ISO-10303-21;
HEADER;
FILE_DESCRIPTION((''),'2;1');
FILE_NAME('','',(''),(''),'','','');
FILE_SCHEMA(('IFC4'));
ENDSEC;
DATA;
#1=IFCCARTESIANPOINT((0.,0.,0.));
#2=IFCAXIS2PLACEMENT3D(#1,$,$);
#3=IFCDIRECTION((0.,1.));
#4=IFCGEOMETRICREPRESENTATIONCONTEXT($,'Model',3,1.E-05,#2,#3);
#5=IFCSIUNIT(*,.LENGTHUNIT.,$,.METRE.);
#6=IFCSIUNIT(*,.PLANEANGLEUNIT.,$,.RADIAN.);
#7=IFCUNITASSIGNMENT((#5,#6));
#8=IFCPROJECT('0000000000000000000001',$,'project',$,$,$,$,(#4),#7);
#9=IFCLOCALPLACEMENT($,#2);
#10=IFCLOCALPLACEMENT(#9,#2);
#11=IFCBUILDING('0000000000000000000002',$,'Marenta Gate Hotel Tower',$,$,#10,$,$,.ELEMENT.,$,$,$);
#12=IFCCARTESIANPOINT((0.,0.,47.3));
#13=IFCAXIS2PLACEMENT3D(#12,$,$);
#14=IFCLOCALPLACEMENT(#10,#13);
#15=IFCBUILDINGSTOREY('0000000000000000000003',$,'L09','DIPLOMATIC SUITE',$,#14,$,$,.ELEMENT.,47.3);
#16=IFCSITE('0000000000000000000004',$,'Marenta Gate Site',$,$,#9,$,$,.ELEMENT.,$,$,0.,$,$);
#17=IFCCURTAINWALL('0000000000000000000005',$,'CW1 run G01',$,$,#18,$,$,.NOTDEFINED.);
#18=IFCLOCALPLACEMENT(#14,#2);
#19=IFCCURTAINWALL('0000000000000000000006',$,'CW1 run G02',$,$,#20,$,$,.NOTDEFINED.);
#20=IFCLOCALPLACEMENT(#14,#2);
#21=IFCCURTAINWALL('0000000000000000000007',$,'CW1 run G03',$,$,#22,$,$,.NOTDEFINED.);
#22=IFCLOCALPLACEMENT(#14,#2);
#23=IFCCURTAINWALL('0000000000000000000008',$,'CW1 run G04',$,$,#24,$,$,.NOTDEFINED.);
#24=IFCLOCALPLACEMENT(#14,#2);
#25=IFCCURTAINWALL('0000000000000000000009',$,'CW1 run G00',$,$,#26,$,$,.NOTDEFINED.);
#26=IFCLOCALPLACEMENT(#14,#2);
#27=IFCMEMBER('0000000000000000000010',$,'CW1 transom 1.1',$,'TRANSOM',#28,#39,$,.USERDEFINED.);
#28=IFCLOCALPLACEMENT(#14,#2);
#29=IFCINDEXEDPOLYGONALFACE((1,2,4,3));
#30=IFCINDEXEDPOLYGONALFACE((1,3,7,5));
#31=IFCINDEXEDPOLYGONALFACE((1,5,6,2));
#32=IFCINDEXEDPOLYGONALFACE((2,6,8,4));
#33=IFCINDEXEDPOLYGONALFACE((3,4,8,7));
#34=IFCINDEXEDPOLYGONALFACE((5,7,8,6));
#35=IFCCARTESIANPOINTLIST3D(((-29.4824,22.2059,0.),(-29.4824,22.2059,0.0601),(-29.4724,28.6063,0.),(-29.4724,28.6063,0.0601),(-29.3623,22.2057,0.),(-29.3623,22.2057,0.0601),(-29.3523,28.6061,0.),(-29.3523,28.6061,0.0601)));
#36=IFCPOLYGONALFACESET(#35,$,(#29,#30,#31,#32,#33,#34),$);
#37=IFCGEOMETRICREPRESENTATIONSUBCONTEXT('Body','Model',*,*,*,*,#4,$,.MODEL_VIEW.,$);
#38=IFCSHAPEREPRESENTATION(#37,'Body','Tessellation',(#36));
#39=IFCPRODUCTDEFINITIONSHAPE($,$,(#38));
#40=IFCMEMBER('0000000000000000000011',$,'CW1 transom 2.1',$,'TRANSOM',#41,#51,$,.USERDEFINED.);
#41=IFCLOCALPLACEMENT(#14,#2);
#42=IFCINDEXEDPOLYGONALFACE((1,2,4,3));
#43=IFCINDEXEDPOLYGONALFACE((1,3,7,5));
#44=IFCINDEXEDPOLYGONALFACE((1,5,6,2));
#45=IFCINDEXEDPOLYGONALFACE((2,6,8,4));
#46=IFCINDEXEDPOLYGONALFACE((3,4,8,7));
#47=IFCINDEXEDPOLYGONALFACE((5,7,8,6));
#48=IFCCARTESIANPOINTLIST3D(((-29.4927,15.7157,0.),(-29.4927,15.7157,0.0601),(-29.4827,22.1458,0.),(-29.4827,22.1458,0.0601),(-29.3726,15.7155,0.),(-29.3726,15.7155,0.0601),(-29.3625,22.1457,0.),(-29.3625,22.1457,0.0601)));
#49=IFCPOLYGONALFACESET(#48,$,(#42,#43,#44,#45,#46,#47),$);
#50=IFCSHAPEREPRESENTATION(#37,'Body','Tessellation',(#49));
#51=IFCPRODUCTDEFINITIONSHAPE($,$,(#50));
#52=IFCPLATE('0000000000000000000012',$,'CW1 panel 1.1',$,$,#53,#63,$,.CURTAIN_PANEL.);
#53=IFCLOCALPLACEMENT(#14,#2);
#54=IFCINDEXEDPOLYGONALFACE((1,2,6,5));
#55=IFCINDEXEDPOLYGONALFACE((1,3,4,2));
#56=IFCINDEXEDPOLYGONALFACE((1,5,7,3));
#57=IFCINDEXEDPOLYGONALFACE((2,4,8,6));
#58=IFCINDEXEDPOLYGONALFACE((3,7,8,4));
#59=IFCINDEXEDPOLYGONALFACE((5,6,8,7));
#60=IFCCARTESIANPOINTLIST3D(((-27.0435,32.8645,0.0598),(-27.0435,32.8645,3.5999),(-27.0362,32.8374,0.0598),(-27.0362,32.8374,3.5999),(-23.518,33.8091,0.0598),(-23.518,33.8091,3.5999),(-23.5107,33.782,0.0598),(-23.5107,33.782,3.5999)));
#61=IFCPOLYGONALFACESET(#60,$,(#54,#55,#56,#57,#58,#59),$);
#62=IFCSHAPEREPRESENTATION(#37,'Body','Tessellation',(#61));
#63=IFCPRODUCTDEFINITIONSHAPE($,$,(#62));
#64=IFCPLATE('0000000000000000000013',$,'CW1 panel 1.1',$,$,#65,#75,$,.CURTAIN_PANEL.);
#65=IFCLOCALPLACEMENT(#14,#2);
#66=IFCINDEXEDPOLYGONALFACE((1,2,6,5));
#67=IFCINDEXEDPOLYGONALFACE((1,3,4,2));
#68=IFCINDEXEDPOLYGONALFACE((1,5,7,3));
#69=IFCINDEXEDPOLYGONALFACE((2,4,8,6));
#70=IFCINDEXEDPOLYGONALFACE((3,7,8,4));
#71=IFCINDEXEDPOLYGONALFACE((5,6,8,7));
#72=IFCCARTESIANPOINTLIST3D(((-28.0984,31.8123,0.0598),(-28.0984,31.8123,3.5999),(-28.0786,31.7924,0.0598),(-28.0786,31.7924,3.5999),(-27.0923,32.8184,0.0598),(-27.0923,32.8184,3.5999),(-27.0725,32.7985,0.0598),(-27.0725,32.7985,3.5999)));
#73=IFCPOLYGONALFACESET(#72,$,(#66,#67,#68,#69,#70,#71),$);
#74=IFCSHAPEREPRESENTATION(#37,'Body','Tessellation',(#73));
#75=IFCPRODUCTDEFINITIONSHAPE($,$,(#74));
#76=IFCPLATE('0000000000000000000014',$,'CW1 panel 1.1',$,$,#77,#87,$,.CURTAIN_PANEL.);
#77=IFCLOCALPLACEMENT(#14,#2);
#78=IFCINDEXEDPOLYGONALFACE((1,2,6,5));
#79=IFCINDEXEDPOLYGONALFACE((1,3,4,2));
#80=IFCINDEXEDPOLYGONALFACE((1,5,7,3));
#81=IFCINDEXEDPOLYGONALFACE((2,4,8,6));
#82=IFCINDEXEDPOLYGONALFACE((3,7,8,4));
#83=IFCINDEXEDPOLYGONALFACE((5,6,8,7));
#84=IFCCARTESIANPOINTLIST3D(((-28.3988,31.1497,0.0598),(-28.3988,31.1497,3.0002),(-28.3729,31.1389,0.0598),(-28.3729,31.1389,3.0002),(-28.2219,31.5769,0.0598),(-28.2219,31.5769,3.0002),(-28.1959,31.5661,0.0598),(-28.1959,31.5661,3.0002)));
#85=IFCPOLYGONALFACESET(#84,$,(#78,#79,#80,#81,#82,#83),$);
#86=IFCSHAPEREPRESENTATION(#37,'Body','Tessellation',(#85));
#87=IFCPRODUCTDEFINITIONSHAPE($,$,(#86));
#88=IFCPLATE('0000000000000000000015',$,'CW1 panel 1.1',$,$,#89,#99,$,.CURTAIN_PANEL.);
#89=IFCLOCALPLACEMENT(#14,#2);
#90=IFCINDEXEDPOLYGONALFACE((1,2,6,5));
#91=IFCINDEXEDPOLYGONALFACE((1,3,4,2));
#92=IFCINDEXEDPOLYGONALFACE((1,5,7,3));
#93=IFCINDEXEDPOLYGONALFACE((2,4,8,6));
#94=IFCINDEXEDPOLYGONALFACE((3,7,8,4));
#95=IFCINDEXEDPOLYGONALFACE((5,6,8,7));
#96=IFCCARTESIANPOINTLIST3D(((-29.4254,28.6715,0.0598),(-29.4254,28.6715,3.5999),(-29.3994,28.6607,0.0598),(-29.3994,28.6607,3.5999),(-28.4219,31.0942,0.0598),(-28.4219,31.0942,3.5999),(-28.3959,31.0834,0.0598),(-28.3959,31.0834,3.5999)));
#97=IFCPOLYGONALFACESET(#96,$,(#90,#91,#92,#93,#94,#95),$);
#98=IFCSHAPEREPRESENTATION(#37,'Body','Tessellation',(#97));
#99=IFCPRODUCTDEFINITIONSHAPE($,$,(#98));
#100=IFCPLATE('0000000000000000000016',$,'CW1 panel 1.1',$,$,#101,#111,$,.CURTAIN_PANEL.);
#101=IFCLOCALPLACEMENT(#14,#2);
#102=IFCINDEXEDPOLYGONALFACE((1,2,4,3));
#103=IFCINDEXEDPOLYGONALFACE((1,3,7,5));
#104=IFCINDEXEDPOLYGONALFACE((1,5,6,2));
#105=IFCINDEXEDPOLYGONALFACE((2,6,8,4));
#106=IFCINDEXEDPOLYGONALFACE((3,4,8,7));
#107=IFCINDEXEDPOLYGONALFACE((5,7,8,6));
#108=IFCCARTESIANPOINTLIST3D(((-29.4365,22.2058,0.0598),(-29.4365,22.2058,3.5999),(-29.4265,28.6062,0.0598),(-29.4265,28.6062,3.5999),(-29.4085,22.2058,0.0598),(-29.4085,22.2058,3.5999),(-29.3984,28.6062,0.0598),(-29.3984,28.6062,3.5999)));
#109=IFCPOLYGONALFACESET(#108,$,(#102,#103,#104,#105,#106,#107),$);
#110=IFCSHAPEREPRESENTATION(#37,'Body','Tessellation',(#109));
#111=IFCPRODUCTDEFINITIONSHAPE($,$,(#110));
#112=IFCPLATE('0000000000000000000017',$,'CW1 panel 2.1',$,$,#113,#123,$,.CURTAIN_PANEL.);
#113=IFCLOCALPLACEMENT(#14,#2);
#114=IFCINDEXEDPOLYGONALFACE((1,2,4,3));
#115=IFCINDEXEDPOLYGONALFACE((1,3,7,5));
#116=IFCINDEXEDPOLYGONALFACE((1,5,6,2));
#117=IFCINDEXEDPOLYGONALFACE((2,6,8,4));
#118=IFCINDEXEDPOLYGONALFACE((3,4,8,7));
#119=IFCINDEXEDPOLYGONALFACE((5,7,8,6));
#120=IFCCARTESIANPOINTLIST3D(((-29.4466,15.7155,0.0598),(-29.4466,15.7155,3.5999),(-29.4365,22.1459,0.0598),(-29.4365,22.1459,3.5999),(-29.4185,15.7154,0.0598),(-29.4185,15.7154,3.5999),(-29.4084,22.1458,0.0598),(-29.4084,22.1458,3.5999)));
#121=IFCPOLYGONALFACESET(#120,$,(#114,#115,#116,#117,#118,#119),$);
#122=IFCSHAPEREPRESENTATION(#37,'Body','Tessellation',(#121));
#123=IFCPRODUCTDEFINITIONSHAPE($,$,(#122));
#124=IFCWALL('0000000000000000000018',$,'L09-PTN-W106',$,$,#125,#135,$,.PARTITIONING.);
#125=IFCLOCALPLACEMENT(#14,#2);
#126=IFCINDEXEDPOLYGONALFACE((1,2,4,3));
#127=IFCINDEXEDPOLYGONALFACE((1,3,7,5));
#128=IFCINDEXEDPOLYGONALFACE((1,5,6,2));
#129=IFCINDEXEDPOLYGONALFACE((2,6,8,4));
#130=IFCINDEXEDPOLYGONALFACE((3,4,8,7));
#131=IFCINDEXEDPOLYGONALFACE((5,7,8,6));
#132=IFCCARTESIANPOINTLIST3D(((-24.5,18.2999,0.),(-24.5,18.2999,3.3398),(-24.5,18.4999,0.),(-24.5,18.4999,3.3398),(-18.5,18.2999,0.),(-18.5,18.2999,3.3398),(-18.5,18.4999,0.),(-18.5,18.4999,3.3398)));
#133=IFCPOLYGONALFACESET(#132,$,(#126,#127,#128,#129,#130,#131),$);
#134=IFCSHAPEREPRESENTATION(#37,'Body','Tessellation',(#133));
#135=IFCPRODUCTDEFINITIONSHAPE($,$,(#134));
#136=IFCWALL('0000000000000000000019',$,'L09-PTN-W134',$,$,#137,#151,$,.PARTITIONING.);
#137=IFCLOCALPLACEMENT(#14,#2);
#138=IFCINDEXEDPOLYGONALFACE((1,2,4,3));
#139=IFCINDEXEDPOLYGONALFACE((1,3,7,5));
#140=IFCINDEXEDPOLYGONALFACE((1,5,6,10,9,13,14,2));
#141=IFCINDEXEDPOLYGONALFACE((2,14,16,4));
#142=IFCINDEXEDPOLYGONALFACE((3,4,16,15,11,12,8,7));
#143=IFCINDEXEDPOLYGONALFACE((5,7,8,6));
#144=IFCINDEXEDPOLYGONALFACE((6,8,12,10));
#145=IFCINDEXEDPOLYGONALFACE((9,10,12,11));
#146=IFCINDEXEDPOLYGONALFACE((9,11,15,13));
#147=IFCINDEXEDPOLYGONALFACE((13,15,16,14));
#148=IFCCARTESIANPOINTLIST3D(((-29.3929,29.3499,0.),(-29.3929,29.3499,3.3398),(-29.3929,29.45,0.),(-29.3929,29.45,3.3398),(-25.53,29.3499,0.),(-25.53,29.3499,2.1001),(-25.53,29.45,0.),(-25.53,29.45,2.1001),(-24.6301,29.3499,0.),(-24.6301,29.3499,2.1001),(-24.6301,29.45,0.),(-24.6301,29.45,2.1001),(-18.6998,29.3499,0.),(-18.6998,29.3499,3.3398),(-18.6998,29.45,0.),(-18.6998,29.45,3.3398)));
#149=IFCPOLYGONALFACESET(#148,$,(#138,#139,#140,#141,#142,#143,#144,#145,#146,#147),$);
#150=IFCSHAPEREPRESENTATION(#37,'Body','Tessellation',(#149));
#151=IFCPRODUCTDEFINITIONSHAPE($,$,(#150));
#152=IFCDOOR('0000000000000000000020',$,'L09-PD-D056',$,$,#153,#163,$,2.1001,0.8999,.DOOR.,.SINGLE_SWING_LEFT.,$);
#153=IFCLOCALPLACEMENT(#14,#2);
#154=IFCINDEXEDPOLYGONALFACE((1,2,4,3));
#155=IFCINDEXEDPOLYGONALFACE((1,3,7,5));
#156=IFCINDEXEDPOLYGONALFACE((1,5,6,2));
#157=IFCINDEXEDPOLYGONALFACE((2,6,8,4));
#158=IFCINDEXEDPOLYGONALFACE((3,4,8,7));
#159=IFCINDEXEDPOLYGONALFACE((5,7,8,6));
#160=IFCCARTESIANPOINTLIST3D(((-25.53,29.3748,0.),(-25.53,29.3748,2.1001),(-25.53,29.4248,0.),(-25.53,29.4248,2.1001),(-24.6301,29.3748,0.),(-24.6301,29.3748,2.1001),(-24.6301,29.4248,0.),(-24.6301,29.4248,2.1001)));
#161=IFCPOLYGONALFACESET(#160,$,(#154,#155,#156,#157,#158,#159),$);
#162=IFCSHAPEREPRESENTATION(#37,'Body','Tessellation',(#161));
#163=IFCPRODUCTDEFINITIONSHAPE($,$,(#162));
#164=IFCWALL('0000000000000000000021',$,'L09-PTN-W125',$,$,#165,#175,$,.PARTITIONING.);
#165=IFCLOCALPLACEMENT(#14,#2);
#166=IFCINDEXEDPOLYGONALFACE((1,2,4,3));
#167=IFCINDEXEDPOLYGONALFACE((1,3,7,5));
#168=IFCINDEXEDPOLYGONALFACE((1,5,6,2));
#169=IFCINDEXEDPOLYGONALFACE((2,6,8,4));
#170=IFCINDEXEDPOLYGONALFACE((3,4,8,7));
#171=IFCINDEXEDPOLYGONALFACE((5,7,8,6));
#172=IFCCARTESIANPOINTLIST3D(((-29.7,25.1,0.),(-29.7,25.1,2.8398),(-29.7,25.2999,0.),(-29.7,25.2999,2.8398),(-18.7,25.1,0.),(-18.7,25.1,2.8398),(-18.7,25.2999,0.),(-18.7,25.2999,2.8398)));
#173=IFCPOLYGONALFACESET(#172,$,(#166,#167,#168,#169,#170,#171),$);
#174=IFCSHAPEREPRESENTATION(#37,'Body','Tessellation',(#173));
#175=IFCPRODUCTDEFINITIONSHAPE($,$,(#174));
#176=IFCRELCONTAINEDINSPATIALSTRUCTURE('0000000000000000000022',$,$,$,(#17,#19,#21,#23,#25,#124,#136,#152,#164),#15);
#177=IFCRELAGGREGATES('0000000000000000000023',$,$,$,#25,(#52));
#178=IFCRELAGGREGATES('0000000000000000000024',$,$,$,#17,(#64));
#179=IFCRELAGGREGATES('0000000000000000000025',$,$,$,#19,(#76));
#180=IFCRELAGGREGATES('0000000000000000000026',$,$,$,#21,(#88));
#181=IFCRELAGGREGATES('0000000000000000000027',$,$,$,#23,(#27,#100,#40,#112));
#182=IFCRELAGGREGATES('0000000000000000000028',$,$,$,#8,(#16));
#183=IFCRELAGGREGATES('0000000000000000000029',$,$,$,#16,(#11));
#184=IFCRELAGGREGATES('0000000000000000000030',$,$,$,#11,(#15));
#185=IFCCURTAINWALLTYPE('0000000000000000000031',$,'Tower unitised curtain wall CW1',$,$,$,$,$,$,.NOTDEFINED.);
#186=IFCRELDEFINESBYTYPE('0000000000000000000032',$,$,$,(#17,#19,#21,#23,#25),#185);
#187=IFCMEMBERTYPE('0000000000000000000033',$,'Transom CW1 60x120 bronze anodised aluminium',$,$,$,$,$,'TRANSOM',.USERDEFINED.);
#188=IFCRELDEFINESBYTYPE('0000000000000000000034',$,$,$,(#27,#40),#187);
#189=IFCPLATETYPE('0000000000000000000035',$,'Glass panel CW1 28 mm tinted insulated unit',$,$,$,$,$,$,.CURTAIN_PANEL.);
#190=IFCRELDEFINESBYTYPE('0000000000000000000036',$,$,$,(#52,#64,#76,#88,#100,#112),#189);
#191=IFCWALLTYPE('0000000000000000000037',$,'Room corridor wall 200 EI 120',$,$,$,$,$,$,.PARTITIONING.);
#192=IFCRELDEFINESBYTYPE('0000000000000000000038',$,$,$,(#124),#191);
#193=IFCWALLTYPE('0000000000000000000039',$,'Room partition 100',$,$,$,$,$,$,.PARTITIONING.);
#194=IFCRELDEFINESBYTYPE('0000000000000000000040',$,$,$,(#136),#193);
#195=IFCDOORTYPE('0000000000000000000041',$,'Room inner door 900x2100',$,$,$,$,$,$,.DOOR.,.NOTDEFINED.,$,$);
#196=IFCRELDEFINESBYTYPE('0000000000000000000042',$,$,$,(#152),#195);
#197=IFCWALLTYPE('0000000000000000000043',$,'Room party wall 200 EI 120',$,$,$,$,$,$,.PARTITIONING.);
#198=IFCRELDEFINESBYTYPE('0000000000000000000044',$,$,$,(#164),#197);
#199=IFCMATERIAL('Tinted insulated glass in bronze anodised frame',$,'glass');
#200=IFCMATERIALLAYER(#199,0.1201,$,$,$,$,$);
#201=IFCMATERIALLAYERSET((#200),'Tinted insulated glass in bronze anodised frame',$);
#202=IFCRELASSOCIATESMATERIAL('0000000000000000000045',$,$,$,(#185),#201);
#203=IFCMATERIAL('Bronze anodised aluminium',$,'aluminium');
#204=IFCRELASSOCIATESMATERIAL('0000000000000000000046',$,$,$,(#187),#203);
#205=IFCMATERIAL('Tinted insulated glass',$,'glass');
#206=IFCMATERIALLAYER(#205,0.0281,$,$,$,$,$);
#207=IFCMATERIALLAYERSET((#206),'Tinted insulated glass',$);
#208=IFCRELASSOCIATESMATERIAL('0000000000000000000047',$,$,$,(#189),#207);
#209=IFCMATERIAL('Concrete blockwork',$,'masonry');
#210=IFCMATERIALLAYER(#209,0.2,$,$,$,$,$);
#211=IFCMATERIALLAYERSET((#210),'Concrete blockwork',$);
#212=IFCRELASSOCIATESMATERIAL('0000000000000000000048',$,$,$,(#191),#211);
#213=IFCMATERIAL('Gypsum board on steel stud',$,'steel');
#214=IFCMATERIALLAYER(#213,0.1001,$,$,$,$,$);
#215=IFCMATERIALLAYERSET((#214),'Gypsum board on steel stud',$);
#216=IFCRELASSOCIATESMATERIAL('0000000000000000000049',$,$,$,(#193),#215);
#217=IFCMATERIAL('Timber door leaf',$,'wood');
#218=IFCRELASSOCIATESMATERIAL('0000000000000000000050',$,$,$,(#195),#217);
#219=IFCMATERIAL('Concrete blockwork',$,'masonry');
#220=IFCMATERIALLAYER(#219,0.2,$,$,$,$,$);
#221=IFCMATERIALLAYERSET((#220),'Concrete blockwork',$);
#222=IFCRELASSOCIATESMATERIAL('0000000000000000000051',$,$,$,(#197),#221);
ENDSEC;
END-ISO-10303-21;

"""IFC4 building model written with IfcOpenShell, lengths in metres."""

from ifc_helpers import new_model, si_unit, direction, frame, frame_2d, origin, origin_2d, place, context, subcontext, project, spatial, rectangle, extrude, material, layer, layer_set, material_profile, profile_set, type_object, element, fill, aggregate, save


model = new_model("IFC4")

# Units and contexts
model_context = context("Model", 3, precision=1e-05, world=origin(), true_north=direction((0.0, 1.0)))
body_context = subcontext(model_context, "Body", "Model", "MODEL_VIEW")
ifc_project = project(units=[si_unit("LENGTHUNIT", "METRE"), si_unit("PLANEANGLEUNIT", "RADIAN")], contexts=[model_context])

# Site, building, storey
site_placement = place(None, origin())
site = spatial("IfcSite", under=ifc_project, at=site_placement, Name="Marenta Gate Site", CompositionType="ELEMENT", RefElevation=0.0)
building_placement = place(site_placement, origin())
building = spatial("IfcBuilding", under=site, at=building_placement, Name="Marenta Gate Hotel Tower", CompositionType="ELEMENT")
storey_placement = place(building_placement, frame((0.0, 0.0, 47.3)))
storey = spatial("IfcBuildingStorey", under=building, at=storey_placement, Name="L09", Description="DIPLOMATIC SUITE", CompositionType="ELEMENT", Elevation=47.3)

# Curtain wall
ifc_material_1 = material(Name="Tinted insulated glass in bronze anodised frame", Category="glass")
ifc_layer_1 = layer(ifc_material_1, 0.1201)
ifc_layer_set_1 = layer_set([ifc_layer_1], Name="Tinted insulated glass in bronze anodised frame")
curtain_wall_type = type_object("IfcCurtainWallType", Name="Tower unitised curtain wall CW1", PredefinedType="NOTDEFINED", material=ifc_layer_set_1)
curtain_wall_1_placement = place(storey_placement, origin())
curtain_wall_1 = element("IfcCurtainWall", 1, at=curtain_wall_1_placement, inside=storey, type_object=curtain_wall_type, Name="CW1 run G01", PredefinedType="NOTDEFINED")

# Curtain walls
curtain_wall_2_placement = place(storey_placement, origin())
curtain_wall_2 = element("IfcCurtainWall", 2, at=curtain_wall_2_placement, inside=storey, type_object=curtain_wall_type, Name="CW1 run G02", PredefinedType="NOTDEFINED")
curtain_wall_3_placement = place(storey_placement, origin())
curtain_wall_3 = element("IfcCurtainWall", 3, at=curtain_wall_3_placement, inside=storey, type_object=curtain_wall_type, Name="CW1 run G03", PredefinedType="NOTDEFINED")

# Curtain wall
curtain_wall_4_placement = place(storey_placement, origin())
curtain_wall_4 = element("IfcCurtainWall", 4, at=curtain_wall_4_placement, inside=storey, type_object=curtain_wall_type, Name="CW1 run G04", PredefinedType="NOTDEFINED")

# Curtain wall
curtain_wall_5_placement = place(storey_placement, origin())
curtain_wall_5 = element("IfcCurtainWall", 5, at=curtain_wall_5_placement, inside=storey, type_object=curtain_wall_type, Name="CW1 run G00", PredefinedType="NOTDEFINED")
ifc_material_2 = material(Name="Bronze anodised aluminium", Category="aluminium")
ifc_material_profile_1 = material_profile(ifc_material_2, rectangle(XDim=0.1201, YDim=0.0601, at=origin_2d()), Name="Transom CW1 60x120 bronze anodised aluminium")
ifc_profile_set_1 = profile_set([ifc_material_profile_1], Name="Bronze anodised aluminium")
member_type_1 = type_object("IfcMemberType", Name="Transom CW1 60x120 bronze anodised aluminium", ElementType="TRANSOM", PredefinedType="USERDEFINED", material=ifc_profile_set_1)

# Members
member_1_placement = place(storey_placement, frame((-29.4124, 28.6062, 0.03), z_axis=(-0.001564, -0.999999, 0.0), x_axis=(0.999999, -0.001564, 0.0)))
member_1 = element("IfcMember", 6, at=member_1_placement, type_object=member_type_1, Name="CW1 transom 1.1", ObjectType="TRANSOM", PredefinedType="USERDEFINED", context=body_context, shape_type="SweptSolid", body=[
    extrude(rectangle(XDim=0.1201, YDim=0.0601, at=origin_2d()), origin(), (0.0, 0.0, 1.0), 6.4004),
])
member_2_placement = place(storey_placement, frame((-29.4226, 22.1458, 0.03), z_axis=(-0.001557, -0.999999, 0.0), x_axis=(0.999999, -0.001557, 0.0)))
member_2 = element("IfcMember", 7, at=member_2_placement, type_object=member_type_1, Name="CW1 transom 2.1", ObjectType="TRANSOM", PredefinedType="USERDEFINED", context=body_context, shape_type="SweptSolid", body=[
    extrude(rectangle(XDim=0.1201, YDim=0.0601, at=origin_2d()), origin(), (0.0, 0.0, 1.0), 6.4302),
])

# Plates
ifc_material_3 = material(Name="Tinted insulated glass", Category="glass")
ifc_layer_2 = layer(ifc_material_3, 0.0281)
ifc_layer_set_2 = layer_set([ifc_layer_2], Name="Tinted insulated glass")
plate_type = type_object("IfcPlateType", Name="Glass panel CW1 28 mm tinted insulated unit", PredefinedType="CURTAIN_PANEL", material=ifc_layer_set_2)
plate_1_placement = place(storey_placement, frame((-25.2771, 33.3232, 0.0598), z_axis=(0.0, 0.0, 1.0), x_axis=(-0.96593, -0.258802, 0.0)))
plate_1 = element("IfcPlate", 8, at=plate_1_placement, type_object=plate_type, Name="CW1 panel 1.1", PredefinedType="CURTAIN_PANEL", context=body_context, shape_type="SweptSolid", body=[
    extrude(rectangle(XDim=3.6499, YDim=0.0281, at=origin_2d()), origin(), (0.0, 0.0, 1.0), 3.54),
])
aggregate(curtain_wall_5, [plate_1])
plate_2_placement = place(storey_placement, frame((-27.5854, 32.3054, 0.0598), z_axis=(0.0, 0.0, 1.0), x_axis=(-0.707107, -0.707107, 0.0)))
plate_2 = element("IfcPlate", 9, at=plate_2_placement, type_object=plate_type, Name="CW1 panel 1.1", PredefinedType="CURTAIN_PANEL", context=body_context, shape_type="SweptSolid", body=[
    extrude(rectangle(XDim=1.4229, YDim=0.0281, at=origin_2d()), origin(), (0.0, 0.0, 1.0), 3.54),
])
aggregate(curtain_wall_1, [plate_2])
plate_3_placement = place(storey_placement, frame((-28.2974, 31.3579, 0.0598), z_axis=(0.0, 0.0, 1.0), x_axis=(-0.382684, -0.923879, 0.0)))
plate_3 = element("IfcPlate", 10, at=plate_3_placement, type_object=plate_type, Name="CW1 panel 1.1", PredefinedType="CURTAIN_PANEL", context=body_context, shape_type="SweptSolid", body=[
    extrude(rectangle(XDim=0.4624, YDim=0.0281, at=origin_2d()), origin(), (0.0, 0.0, 1.0), 2.9404),
])
aggregate(curtain_wall_2, [plate_3])
plate_4_placement = place(storey_placement, frame((-28.9106, 29.8774, 0.0598), z_axis=(0.0, 0.0, 1.0), x_axis=(-0.382677, -0.923882, 0.0)))
plate_4 = element("IfcPlate", 11, at=plate_4_placement, type_object=plate_type, Name="CW1 panel 1.1", PredefinedType="CURTAIN_PANEL", context=body_context, shape_type="SweptSolid", body=[
    extrude(rectangle(XDim=2.6223, YDim=0.0281, at=origin_2d()), origin(), (0.0, 0.0, 1.0), 3.54),
])
aggregate(curtain_wall_3, [plate_4])
plate_5_placement = place(storey_placement, frame((-29.4175, 25.406, 0.0598), z_axis=(0.0, 0.0, 1.0), x_axis=(-0.001566, -0.999999, 0.0)))
plate_5 = element("IfcPlate", 12, at=plate_5_placement, type_object=plate_type, Name="CW1 panel 1.1", PredefinedType="CURTAIN_PANEL", context=body_context, shape_type="SweptSolid", body=[
    extrude(rectangle(XDim=6.4004, YDim=0.0281, at=origin_2d()), origin(), (0.0, 0.0, 1.0), 3.54),
])
plate_6_placement = place(storey_placement, frame((-29.4275, 18.9307, 0.0598), z_axis=(0.0, 0.0, 1.0), x_axis=(-0.001566, -0.999999, 0.0)))
plate_6 = element("IfcPlate", 13, at=plate_6_placement, type_object=plate_type, Name="CW1 panel 2.1", PredefinedType="CURTAIN_PANEL", context=body_context, shape_type="SweptSolid", body=[
    extrude(rectangle(XDim=6.4304, YDim=0.0281, at=origin_2d()), origin(), (0.0, 0.0, 1.0), 3.54),
])
aggregate(curtain_wall_4, [member_1, plate_5, member_2, plate_6])

# Wall
ifc_material_4 = material(Name="Concrete blockwork", Category="masonry")
ifc_layer_3 = layer(ifc_material_4, 0.2)
ifc_layer_set_3 = layer_set([ifc_layer_3], Name="Concrete blockwork")
wall_type_1 = type_object("IfcWallType", Name="Room corridor wall 200 EI 120", PredefinedType="PARTITIONING", material=ifc_layer_set_3)
wall_1_placement = place(storey_placement, frame((-24.5, 18.3999, 0.0), z_axis=(0.0, 0.0, 1.0), x_axis=(1.0, 0.0, 0.0)))
element("IfcWall", 14, at=wall_1_placement, inside=storey, type_object=wall_type_1, Name="L09-PTN-W106", PredefinedType="PARTITIONING", context=body_context, shape_type="SweptSolid", body=[
    extrude(rectangle(XDim=6.0, YDim=0.2, at=frame_2d((3.0, 0.0))), origin(), (0.0, 0.0, 1.0), 3.3398),
])

# Wall, opening, door
ifc_material_5 = material(Name="Gypsum board on steel stud", Category="steel")
ifc_layer_4 = layer(ifc_material_5, 0.1001)
ifc_layer_set_4 = layer_set([ifc_layer_4], Name="Gypsum board on steel stud")
wall_type_2 = type_object("IfcWallType", Name="Room partition 100", PredefinedType="PARTITIONING", material=ifc_layer_set_4)
wall_2_placement = place(storey_placement, frame((-29.3931, 29.3999, 0.0), z_axis=(0.0, 0.0, 1.0), x_axis=(1.0, 0.0, 0.0)))
wall_2 = element("IfcWall", 15, at=wall_2_placement, inside=storey, type_object=wall_type_2, Name="L09-PTN-W134", PredefinedType="PARTITIONING", context=body_context, shape_type="SweptSolid", body=[
    extrude(rectangle(XDim=10.6931, YDim=0.1001, at=frame_2d((5.3467, 0.0))), origin(), (0.0, 0.0, 1.0), 3.3398),
])
opening_placement = place(wall_2_placement, frame((3.863, 0.0, 0.0)))
opening = element("IfcOpeningElement", 16, at=opening_placement, cuts=wall_2, PredefinedType="OPENING", context=body_context, shape_type="SweptSolid", body=[
    extrude(rectangle(XDim=0.8999, YDim=2.1001, at=frame_2d((0.45, 1.05))), frame((0.0, 0.05, 0.0), z_axis=(0.0, -1.0, 0.0), x_axis=(1.0, 0.0, 0.0)), (0.0, 0.0, 1.0), 0.1001),
])
ifc_material_6 = material(Name="Timber door leaf", Category="wood")
door_type = type_object("IfcDoorType", Name="Room inner door 900x2100", OperationType="NOTDEFINED", PredefinedType="DOOR", material=ifc_material_6)
door_placement = place(opening_placement, origin())
door = element("IfcDoor", 17, at=door_placement, inside=storey, type_object=door_type, Name="L09-PD-D056", OperationType="SINGLE_SWING_LEFT", OverallHeight=2.1001, OverallWidth=0.8999, PredefinedType="DOOR", context=body_context, shape_type="SweptSolid", body=[
    extrude(rectangle(XDim=0.8999, YDim=2.1001, at=frame_2d((0.45, 1.05))), frame((0.0, 0.0249, 0.0), z_axis=(0.0, -1.0, 0.0), x_axis=(1.0, 0.0, 0.0)), (0.0, 0.0, 1.0), 0.05),
])
fill(opening, door)

# Wall
ifc_material_7 = material(Name="Concrete blockwork", Category="masonry")
ifc_layer_5 = layer(ifc_material_7, 0.2)
ifc_layer_set_5 = layer_set([ifc_layer_5], Name="Concrete blockwork")
wall_type_3 = type_object("IfcWallType", Name="Room party wall 200 EI 120", PredefinedType="PARTITIONING", material=ifc_layer_set_5)
wall_3_placement = place(storey_placement, frame((-29.7, 25.2, 0.0), z_axis=(0.0, 0.0, 1.0), x_axis=(1.0, 0.0, 0.0)))
element("IfcWall", 18, at=wall_3_placement, inside=storey, type_object=wall_type_3, Name="L09-PTN-W125", PredefinedType="PARTITIONING", context=body_context, shape_type="SweptSolid", body=[
    extrude(rectangle(XDim=11.0, YDim=0.2, at=frame_2d((5.5, 0.0))), origin(), (0.0, 0.0, 1.0), 2.8398),
])

save(model, "model.ifc")
